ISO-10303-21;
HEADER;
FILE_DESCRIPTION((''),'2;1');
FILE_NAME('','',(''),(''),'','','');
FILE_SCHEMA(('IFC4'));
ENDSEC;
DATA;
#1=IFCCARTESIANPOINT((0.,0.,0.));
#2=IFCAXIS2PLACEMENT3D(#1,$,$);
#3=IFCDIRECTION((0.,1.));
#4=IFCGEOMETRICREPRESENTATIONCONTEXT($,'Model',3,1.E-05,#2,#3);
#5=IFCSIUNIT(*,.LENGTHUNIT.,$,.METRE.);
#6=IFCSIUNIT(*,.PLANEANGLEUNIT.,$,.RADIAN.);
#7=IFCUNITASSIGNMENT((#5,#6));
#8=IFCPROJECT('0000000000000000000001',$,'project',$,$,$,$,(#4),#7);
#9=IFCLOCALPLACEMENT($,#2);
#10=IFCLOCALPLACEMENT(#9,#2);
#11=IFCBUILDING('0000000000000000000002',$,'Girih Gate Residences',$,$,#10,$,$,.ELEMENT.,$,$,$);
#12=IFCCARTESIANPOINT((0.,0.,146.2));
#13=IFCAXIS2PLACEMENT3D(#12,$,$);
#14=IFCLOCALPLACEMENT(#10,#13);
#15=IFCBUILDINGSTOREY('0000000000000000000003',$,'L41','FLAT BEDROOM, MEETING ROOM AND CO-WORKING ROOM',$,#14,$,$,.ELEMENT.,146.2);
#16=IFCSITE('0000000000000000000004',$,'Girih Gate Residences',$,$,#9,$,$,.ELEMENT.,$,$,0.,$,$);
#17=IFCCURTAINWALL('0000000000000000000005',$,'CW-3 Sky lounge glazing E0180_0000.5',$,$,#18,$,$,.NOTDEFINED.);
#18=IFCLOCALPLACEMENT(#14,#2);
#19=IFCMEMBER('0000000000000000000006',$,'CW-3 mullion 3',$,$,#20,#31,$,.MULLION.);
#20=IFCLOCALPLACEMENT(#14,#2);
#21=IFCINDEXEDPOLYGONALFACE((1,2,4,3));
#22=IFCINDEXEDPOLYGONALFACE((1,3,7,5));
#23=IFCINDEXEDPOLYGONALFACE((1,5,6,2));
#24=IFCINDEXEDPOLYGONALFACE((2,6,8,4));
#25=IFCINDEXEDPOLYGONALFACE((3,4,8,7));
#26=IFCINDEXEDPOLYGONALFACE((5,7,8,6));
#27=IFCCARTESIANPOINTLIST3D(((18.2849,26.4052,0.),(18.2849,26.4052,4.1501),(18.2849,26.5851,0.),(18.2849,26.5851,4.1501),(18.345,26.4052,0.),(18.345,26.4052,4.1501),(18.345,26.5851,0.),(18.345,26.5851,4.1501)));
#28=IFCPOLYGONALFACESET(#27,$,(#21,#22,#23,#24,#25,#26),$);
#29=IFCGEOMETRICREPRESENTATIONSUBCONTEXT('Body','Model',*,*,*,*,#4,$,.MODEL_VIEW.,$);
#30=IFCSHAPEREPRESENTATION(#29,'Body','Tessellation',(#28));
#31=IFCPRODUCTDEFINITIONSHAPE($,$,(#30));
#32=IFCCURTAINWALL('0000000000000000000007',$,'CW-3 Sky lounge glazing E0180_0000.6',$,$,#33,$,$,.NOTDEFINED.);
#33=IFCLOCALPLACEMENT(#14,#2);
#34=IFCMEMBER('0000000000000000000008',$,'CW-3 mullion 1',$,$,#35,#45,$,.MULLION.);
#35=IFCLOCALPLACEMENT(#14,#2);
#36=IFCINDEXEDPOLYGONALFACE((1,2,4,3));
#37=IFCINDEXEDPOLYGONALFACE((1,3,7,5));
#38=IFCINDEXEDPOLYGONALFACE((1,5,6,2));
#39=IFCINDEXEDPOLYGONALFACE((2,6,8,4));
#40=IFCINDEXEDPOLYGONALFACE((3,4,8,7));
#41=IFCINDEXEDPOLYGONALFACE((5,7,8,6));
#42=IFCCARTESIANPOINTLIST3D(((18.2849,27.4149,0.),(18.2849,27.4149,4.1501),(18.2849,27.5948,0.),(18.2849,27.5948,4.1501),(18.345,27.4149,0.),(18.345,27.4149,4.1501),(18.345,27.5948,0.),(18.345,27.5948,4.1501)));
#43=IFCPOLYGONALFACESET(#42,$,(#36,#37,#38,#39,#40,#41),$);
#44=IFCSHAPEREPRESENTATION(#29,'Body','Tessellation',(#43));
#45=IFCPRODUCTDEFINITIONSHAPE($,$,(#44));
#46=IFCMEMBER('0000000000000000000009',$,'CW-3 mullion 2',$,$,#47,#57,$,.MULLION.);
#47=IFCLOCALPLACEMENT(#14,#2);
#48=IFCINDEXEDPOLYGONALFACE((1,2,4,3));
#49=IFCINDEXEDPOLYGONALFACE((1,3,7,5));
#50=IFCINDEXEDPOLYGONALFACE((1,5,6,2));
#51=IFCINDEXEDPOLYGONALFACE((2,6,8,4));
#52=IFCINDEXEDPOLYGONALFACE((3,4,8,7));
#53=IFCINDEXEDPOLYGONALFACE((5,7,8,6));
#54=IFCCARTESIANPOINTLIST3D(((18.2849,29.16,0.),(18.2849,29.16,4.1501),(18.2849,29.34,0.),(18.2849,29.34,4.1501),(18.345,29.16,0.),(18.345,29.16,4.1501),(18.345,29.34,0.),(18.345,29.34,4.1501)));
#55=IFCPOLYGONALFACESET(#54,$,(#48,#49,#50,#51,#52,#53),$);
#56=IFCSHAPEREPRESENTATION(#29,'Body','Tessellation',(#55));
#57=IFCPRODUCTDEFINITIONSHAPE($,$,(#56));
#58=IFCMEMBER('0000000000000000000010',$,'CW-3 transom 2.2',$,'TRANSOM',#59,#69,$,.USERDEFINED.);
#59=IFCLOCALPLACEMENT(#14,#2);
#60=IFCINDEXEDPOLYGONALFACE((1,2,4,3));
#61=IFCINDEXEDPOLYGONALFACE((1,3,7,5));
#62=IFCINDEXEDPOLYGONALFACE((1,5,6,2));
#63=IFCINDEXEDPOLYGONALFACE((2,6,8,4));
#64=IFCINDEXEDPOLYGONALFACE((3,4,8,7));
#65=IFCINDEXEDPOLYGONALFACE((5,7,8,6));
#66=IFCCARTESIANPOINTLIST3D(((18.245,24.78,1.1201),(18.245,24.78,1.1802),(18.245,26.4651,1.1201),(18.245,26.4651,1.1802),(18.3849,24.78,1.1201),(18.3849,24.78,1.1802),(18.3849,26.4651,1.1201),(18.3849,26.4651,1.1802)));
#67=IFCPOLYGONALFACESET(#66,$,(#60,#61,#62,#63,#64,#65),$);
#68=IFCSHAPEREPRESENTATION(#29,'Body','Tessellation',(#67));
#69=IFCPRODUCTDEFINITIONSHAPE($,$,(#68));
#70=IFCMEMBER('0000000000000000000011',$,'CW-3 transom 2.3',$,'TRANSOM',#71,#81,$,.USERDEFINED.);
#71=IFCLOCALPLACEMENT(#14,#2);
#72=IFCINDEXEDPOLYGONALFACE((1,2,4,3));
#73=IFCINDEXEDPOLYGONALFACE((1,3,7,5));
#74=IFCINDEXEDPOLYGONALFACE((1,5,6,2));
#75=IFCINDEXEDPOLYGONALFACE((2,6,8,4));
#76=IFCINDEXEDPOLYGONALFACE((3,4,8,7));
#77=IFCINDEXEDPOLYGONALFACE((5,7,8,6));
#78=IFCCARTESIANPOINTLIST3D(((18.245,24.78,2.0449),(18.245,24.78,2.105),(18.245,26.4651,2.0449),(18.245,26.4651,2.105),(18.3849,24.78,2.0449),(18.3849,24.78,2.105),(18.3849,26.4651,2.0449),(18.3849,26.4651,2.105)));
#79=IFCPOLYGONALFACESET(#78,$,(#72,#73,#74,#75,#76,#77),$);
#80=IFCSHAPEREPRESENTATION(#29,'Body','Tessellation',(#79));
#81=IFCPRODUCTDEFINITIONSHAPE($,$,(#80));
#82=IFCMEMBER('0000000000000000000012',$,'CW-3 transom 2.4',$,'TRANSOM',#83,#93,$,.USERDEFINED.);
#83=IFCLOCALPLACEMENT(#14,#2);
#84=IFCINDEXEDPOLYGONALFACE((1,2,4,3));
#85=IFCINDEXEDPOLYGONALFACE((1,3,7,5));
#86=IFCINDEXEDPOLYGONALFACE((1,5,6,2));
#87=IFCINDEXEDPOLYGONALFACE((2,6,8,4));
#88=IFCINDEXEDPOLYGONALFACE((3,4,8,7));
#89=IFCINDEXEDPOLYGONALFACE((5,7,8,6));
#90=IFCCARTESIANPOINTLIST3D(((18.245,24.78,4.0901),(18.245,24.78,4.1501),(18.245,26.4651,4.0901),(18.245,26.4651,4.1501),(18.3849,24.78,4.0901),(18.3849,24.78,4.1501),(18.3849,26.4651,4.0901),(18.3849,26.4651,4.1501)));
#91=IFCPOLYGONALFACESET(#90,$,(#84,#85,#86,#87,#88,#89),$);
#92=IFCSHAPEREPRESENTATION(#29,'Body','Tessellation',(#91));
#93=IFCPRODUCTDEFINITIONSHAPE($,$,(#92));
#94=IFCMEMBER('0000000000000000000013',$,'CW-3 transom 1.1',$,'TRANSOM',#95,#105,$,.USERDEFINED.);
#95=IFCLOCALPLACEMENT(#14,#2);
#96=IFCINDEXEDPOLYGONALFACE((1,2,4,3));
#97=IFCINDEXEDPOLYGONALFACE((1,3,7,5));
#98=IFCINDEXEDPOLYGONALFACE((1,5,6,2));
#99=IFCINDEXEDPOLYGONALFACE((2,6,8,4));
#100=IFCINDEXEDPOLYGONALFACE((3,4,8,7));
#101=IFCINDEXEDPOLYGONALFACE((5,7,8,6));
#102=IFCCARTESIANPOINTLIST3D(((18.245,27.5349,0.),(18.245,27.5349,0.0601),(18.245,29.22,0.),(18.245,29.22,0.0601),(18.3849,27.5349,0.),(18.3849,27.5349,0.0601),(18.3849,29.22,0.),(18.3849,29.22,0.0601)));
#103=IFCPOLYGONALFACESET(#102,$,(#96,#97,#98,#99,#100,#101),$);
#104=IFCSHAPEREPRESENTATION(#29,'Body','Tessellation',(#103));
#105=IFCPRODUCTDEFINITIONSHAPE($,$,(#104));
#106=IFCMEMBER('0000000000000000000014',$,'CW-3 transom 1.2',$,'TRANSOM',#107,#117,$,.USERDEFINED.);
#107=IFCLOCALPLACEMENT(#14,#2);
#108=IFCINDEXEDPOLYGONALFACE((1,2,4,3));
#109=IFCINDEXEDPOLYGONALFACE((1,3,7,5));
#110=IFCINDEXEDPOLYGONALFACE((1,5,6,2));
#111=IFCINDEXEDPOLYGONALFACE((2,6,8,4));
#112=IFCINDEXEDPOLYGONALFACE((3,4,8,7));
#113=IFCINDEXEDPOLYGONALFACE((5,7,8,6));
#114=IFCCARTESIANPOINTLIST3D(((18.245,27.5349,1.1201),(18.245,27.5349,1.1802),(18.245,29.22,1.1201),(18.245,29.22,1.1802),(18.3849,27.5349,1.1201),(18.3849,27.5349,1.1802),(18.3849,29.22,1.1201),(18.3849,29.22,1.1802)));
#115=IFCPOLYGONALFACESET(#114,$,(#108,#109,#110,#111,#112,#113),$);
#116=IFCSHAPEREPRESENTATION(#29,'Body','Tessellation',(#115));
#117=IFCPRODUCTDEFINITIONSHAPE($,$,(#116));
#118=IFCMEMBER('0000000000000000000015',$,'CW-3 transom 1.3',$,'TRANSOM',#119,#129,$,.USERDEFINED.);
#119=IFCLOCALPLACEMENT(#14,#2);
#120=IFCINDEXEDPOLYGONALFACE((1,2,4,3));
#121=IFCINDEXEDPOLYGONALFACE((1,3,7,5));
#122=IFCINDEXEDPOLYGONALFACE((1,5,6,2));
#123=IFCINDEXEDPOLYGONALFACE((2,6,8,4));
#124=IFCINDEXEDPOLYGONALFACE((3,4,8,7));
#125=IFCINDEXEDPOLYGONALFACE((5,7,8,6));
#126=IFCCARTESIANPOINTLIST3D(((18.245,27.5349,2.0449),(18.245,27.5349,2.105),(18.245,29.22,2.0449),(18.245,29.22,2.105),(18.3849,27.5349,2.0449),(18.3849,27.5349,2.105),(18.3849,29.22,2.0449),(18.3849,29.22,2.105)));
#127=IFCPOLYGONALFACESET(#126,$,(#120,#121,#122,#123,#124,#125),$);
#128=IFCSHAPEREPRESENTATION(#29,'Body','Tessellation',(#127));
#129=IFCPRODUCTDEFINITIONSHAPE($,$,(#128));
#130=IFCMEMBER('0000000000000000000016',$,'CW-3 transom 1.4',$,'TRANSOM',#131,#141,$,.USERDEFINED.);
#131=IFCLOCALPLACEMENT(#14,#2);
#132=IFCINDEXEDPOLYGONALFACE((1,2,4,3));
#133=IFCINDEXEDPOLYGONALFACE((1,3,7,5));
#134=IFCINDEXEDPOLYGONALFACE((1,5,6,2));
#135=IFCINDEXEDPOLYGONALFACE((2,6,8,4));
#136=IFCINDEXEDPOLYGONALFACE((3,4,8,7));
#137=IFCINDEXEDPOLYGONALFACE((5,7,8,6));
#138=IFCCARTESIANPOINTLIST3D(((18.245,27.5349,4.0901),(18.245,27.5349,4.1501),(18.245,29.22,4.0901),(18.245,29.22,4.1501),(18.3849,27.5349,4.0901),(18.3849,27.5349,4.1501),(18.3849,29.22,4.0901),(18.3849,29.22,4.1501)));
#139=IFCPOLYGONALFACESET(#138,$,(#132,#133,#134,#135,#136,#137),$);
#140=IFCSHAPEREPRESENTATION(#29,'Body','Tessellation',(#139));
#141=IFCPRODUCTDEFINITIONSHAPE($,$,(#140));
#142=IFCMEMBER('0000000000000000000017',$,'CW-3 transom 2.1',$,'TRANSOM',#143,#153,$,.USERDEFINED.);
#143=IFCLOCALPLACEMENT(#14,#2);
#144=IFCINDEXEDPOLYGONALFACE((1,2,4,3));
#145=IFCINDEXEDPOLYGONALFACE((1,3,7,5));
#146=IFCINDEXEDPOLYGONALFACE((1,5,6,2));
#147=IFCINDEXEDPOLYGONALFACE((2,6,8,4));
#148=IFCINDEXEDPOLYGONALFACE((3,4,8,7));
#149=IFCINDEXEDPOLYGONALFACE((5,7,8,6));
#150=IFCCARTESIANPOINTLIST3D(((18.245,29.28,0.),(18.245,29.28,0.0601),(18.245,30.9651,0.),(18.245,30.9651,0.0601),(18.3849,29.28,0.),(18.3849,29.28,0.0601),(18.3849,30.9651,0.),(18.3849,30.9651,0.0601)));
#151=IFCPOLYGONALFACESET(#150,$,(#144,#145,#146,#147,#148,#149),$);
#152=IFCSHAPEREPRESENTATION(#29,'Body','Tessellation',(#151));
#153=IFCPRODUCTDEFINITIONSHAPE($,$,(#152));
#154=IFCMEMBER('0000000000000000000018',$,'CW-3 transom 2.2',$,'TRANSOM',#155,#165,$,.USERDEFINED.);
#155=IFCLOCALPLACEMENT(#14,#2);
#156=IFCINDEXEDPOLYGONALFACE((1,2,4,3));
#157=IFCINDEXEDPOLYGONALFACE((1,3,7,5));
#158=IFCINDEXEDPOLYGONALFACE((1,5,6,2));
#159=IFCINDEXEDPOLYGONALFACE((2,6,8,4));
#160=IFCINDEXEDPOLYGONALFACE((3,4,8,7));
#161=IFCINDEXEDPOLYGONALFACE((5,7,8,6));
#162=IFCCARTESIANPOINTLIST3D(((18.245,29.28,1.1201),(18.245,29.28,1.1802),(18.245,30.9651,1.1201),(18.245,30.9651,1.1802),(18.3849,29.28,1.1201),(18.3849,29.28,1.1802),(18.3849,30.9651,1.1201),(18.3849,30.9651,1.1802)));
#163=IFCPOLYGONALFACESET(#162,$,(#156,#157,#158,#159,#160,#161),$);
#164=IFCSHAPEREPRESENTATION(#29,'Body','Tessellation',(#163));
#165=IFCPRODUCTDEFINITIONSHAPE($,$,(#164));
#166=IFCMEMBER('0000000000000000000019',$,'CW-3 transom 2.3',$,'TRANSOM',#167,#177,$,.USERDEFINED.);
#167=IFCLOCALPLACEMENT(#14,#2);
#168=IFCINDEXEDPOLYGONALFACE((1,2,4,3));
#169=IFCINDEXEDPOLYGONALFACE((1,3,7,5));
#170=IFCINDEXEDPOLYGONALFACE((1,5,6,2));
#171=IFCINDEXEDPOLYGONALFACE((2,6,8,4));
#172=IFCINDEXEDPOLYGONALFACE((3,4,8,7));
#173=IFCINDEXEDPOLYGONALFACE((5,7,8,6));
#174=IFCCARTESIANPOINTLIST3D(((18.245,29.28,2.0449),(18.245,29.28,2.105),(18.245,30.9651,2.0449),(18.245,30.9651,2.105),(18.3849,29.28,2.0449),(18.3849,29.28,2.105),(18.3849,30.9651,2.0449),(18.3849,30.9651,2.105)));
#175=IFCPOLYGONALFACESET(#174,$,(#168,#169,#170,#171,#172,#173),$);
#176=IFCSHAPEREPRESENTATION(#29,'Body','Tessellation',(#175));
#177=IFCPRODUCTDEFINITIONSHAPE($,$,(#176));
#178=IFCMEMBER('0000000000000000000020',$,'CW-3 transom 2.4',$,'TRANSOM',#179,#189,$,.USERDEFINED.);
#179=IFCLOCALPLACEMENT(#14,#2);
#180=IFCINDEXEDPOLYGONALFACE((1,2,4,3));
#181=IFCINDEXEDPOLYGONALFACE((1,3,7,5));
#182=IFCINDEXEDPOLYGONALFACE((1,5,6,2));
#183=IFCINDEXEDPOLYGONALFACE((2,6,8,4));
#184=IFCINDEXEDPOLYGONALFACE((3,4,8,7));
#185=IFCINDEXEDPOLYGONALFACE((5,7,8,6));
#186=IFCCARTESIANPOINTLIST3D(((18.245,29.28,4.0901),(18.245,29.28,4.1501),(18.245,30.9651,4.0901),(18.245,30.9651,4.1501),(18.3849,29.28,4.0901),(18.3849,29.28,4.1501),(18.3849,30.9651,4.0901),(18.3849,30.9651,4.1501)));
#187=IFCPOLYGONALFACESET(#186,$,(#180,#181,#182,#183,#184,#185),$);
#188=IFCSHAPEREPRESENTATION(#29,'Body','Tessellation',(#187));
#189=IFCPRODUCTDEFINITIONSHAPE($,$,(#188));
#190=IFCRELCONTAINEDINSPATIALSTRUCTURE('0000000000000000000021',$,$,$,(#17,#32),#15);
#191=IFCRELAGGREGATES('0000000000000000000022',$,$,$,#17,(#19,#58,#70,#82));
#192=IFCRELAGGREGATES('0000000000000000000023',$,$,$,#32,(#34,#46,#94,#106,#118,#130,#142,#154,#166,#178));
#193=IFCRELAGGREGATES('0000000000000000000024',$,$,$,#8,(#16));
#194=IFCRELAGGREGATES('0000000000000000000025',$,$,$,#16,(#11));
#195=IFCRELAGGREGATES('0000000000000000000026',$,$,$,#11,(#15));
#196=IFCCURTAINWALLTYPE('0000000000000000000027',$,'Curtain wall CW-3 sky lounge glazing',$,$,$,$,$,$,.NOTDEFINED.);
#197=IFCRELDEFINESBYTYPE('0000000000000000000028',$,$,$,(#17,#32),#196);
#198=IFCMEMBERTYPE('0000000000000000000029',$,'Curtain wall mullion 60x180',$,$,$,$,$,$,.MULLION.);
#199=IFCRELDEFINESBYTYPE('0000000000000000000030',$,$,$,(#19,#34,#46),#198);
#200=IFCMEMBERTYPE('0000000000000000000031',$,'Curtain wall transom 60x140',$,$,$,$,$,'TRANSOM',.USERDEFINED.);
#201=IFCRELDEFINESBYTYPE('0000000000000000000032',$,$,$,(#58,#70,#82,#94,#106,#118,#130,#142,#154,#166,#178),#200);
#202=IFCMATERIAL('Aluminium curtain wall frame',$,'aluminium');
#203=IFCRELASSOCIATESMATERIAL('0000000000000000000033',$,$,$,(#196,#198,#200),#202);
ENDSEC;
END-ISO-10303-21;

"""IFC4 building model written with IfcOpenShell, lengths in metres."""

from ifc_helpers import new_model, si_unit, direction, frame, origin, origin_2d, place, context, subcontext, project, spatial, rectangle, extrude, material, material_profile, profile_set, type_object, element, aggregate, save


model = new_model("IFC4")

# Units and contexts
model_context = context("Model", 3, precision=1e-05, world=origin(), true_north=direction((0.0, 1.0)))
body_context = subcontext(model_context, "Body", "Model", "MODEL_VIEW")
ifc_project = project(units=[si_unit("LENGTHUNIT", "METRE"), si_unit("PLANEANGLEUNIT", "RADIAN")], contexts=[model_context])

# Site, building, storey
site_placement = place(None, origin())
site = spatial("IfcSite", under=ifc_project, at=site_placement, Name="Girih Gate Residences", CompositionType="ELEMENT", RefElevation=0.0)
building_placement = place(site_placement, origin())
building = spatial("IfcBuilding", under=site, at=building_placement, Name="Girih Gate Residences", CompositionType="ELEMENT")
storey_placement = place(building_placement, frame((0.0, 0.0, 146.2)))
storey = spatial("IfcBuildingStorey", under=building, at=storey_placement, Name="L41", Description="FLAT BEDROOM, MEETING ROOM AND CO-WORKING ROOM", CompositionType="ELEMENT", Elevation=146.2)

# Curtain wall, member
ifc_material_1 = material(Name="Aluminium curtain wall frame", Category="aluminium")
curtain_wall_type = type_object("IfcCurtainWallType", Name="Curtain wall CW-3 sky lounge glazing", PredefinedType="NOTDEFINED", material=ifc_material_1)
curtain_wall_1_placement = place(storey_placement, origin())
curtain_wall_1 = element("IfcCurtainWall", 1, at=curtain_wall_1_placement, inside=storey, type_object=curtain_wall_type, Name="CW-3 Sky lounge glazing E0180_0000.5", PredefinedType="NOTDEFINED")
ifc_material_profile_1 = material_profile(ifc_material_1, rectangle(XDim=0.0601, YDim=0.1799, at=origin_2d()))
ifc_profile_set_1 = profile_set([ifc_material_profile_1], Name="Aluminium curtain wall frame")
member_type_1 = type_object("IfcMemberType", Name="Curtain wall mullion 60x180", PredefinedType="MULLION", material=ifc_profile_set_1)
member_1_placement = place(storey_placement, frame((18.3149, 26.4951, 0.0), z_axis=(0.0, 0.0, 1.0), x_axis=(-1.0, 0.0, 0.0)))
member_1 = element("IfcMember", 2, at=member_1_placement, type_object=member_type_1, Name="CW-3 mullion 3", PredefinedType="MULLION", context=body_context, shape_type="SweptSolid", body=[
    extrude(rectangle(XDim=0.0601, YDim=0.1799, at=origin_2d()), origin(), (0.0, 0.0, 1.0), 4.1501),
])

# Curtain wall, members
curtain_wall_2_placement = place(storey_placement, origin())
curtain_wall_2 = element("IfcCurtainWall", 3, at=curtain_wall_2_placement, inside=storey, type_object=curtain_wall_type, Name="CW-3 Sky lounge glazing E0180_0000.6", PredefinedType="NOTDEFINED")
member_2_placement = place(storey_placement, frame((18.3149, 27.5049, 0.0), z_axis=(0.0, 0.0, 1.0), x_axis=(-1.0, 0.0, 0.0)))
member_2 = element("IfcMember", 4, at=member_2_placement, type_object=member_type_1, Name="CW-3 mullion 1", PredefinedType="MULLION", context=body_context, shape_type="SweptSolid", body=[
    extrude(rectangle(XDim=0.0601, YDim=0.1799, at=origin_2d()), origin(), (0.0, 0.0, 1.0), 4.1501),
])
member_3_placement = place(storey_placement, frame((18.3149, 29.25, 0.0), z_axis=(0.0, 0.0, 1.0), x_axis=(-1.0, 0.0, 0.0)))
member_3 = element("IfcMember", 5, at=member_3_placement, type_object=member_type_1, Name="CW-3 mullion 2", PredefinedType="MULLION", context=body_context, shape_type="SweptSolid", body=[
    extrude(rectangle(XDim=0.0601, YDim=0.1799, at=origin_2d()), origin(), (0.0, 0.0, 1.0), 4.1501),
])

# Members
ifc_material_profile_2 = material_profile(ifc_material_1, rectangle(XDim=0.1399, YDim=0.0601, at=origin_2d()))
ifc_profile_set_2 = profile_set([ifc_material_profile_2], Name="Aluminium curtain wall frame")
member_type_2 = type_object("IfcMemberType", Name="Curtain wall transom 60x140", ElementType="TRANSOM", PredefinedType="USERDEFINED", material=ifc_profile_set_2)
member_4_placement = place(storey_placement, frame((18.3149, 24.78, 1.1501), z_axis=(0.0, 1.0, 0.0), x_axis=(-1.0, 0.0, 0.0)))
member_4 = element("IfcMember", 6, at=member_4_placement, type_object=member_type_2, Name="CW-3 transom 2.2", ObjectType="TRANSOM", PredefinedType="USERDEFINED", context=body_context, shape_type="SweptSolid", body=[
    extrude(rectangle(XDim=0.1399, YDim=0.0601, at=origin_2d()), origin(), (0.0, 0.0, 1.0), 1.6851),
])
member_5_placement = place(storey_placement, frame((18.3149, 24.78, 2.075), z_axis=(0.0, 1.0, 0.0), x_axis=(-1.0, 0.0, 0.0)))
member_5 = element("IfcMember", 7, at=member_5_placement, type_object=member_type_2, Name="CW-3 transom 2.3", ObjectType="TRANSOM", PredefinedType="USERDEFINED", context=body_context, shape_type="SweptSolid", body=[
    extrude(rectangle(XDim=0.1399, YDim=0.0601, at=origin_2d()), origin(), (0.0, 0.0, 1.0), 1.6851),
])
member_6_placement = place(storey_placement, frame((18.3149, 24.78, 4.1201), z_axis=(0.0, 1.0, 0.0), x_axis=(-1.0, 0.0, 0.0)))
member_6 = element("IfcMember", 8, at=member_6_placement, type_object=member_type_2, Name="CW-3 transom 2.4", ObjectType="TRANSOM", PredefinedType="USERDEFINED", context=body_context, shape_type="SweptSolid", body=[
    extrude(rectangle(XDim=0.1399, YDim=0.0601, at=origin_2d()), origin(), (0.0, 0.0, 1.0), 1.6851),
])
member_7_placement = place(storey_placement, frame((18.3149, 27.5349, 0.03), z_axis=(0.0, 1.0, 0.0), x_axis=(-1.0, 0.0, 0.0)))
member_7 = element("IfcMember", 9, at=member_7_placement, type_object=member_type_2, Name="CW-3 transom 1.1", ObjectType="TRANSOM", PredefinedType="USERDEFINED", context=body_context, shape_type="SweptSolid", body=[
    extrude(rectangle(XDim=0.1399, YDim=0.0601, at=origin_2d()), origin(), (0.0, 0.0, 1.0), 1.6851),
])
member_8_placement = place(storey_placement, frame((18.3149, 27.5349, 1.1501), z_axis=(0.0, 1.0, 0.0), x_axis=(-1.0, 0.0, 0.0)))
member_8 = element("IfcMember", 10, at=member_8_placement, type_object=member_type_2, Name="CW-3 transom 1.2", ObjectType="TRANSOM", PredefinedType="USERDEFINED", context=body_context, shape_type="SweptSolid", body=[
    extrude(rectangle(XDim=0.1399, YDim=0.0601, at=origin_2d()), origin(), (0.0, 0.0, 1.0), 1.6851),
])
member_9_placement = place(storey_placement, frame((18.3149, 27.5349, 2.075), z_axis=(0.0, 1.0, 0.0), x_axis=(-1.0, 0.0, 0.0)))
member_9 = element("IfcMember", 11, at=member_9_placement, type_object=member_type_2, Name="CW-3 transom 1.3", ObjectType="TRANSOM", PredefinedType="USERDEFINED", context=body_context, shape_type="SweptSolid", body=[
    extrude(rectangle(XDim=0.1399, YDim=0.0601, at=origin_2d()), origin(), (0.0, 0.0, 1.0), 1.6851),
])
member_10_placement = place(storey_placement, frame((18.3149, 27.5349, 4.1201), z_axis=(0.0, 1.0, 0.0), x_axis=(-1.0, 0.0, 0.0)))
member_10 = element("IfcMember", 12, at=member_10_placement, type_object=member_type_2, Name="CW-3 transom 1.4", ObjectType="TRANSOM", PredefinedType="USERDEFINED", context=body_context, shape_type="SweptSolid", body=[
    extrude(rectangle(XDim=0.1399, YDim=0.0601, at=origin_2d()), origin(), (0.0, 0.0, 1.0), 1.6851),
])
member_11_placement = place(storey_placement, frame((18.3149, 29.28, 0.03), z_axis=(0.0, 1.0, 0.0), x_axis=(-1.0, 0.0, 0.0)))
member_11 = element("IfcMember", 13, at=member_11_placement, type_object=member_type_2, Name="CW-3 transom 2.1", ObjectType="TRANSOM", PredefinedType="USERDEFINED", context=body_context, shape_type="SweptSolid", body=[
    extrude(rectangle(XDim=0.1399, YDim=0.0601, at=origin_2d()), origin(), (0.0, 0.0, 1.0), 1.6851),
])
member_12_placement = place(storey_placement, frame((18.3149, 29.28, 1.1501), z_axis=(0.0, 1.0, 0.0), x_axis=(-1.0, 0.0, 0.0)))
member_12 = element("IfcMember", 14, at=member_12_placement, type_object=member_type_2, Name="CW-3 transom 2.2", ObjectType="TRANSOM", PredefinedType="USERDEFINED", context=body_context, shape_type="SweptSolid", body=[
    extrude(rectangle(XDim=0.1399, YDim=0.0601, at=origin_2d()), origin(), (0.0, 0.0, 1.0), 1.6851),
])
member_13_placement = place(storey_placement, frame((18.3149, 29.28, 2.075), z_axis=(0.0, 1.0, 0.0), x_axis=(-1.0, 0.0, 0.0)))
member_13 = element("IfcMember", 15, at=member_13_placement, type_object=member_type_2, Name="CW-3 transom 2.3", ObjectType="TRANSOM", PredefinedType="USERDEFINED", context=body_context, shape_type="SweptSolid", body=[
    extrude(rectangle(XDim=0.1399, YDim=0.0601, at=origin_2d()), origin(), (0.0, 0.0, 1.0), 1.6851),
])
member_14_placement = place(storey_placement, frame((18.3149, 29.28, 4.1201), z_axis=(0.0, 1.0, 0.0), x_axis=(-1.0, 0.0, 0.0)))
member_14 = element("IfcMember", 16, at=member_14_placement, type_object=member_type_2, Name="CW-3 transom 2.4", ObjectType="TRANSOM", PredefinedType="USERDEFINED", context=body_context, shape_type="SweptSolid", body=[
    extrude(rectangle(XDim=0.1399, YDim=0.0601, at=origin_2d()), origin(), (0.0, 0.0, 1.0), 1.6851),
])

aggregate(curtain_wall_1, [member_1, member_4, member_5, member_6])
aggregate(curtain_wall_2, [member_2, member_3, member_7, member_8, member_9, member_10, member_11, member_12, member_13, member_14])

save(model, "model.ifc")
